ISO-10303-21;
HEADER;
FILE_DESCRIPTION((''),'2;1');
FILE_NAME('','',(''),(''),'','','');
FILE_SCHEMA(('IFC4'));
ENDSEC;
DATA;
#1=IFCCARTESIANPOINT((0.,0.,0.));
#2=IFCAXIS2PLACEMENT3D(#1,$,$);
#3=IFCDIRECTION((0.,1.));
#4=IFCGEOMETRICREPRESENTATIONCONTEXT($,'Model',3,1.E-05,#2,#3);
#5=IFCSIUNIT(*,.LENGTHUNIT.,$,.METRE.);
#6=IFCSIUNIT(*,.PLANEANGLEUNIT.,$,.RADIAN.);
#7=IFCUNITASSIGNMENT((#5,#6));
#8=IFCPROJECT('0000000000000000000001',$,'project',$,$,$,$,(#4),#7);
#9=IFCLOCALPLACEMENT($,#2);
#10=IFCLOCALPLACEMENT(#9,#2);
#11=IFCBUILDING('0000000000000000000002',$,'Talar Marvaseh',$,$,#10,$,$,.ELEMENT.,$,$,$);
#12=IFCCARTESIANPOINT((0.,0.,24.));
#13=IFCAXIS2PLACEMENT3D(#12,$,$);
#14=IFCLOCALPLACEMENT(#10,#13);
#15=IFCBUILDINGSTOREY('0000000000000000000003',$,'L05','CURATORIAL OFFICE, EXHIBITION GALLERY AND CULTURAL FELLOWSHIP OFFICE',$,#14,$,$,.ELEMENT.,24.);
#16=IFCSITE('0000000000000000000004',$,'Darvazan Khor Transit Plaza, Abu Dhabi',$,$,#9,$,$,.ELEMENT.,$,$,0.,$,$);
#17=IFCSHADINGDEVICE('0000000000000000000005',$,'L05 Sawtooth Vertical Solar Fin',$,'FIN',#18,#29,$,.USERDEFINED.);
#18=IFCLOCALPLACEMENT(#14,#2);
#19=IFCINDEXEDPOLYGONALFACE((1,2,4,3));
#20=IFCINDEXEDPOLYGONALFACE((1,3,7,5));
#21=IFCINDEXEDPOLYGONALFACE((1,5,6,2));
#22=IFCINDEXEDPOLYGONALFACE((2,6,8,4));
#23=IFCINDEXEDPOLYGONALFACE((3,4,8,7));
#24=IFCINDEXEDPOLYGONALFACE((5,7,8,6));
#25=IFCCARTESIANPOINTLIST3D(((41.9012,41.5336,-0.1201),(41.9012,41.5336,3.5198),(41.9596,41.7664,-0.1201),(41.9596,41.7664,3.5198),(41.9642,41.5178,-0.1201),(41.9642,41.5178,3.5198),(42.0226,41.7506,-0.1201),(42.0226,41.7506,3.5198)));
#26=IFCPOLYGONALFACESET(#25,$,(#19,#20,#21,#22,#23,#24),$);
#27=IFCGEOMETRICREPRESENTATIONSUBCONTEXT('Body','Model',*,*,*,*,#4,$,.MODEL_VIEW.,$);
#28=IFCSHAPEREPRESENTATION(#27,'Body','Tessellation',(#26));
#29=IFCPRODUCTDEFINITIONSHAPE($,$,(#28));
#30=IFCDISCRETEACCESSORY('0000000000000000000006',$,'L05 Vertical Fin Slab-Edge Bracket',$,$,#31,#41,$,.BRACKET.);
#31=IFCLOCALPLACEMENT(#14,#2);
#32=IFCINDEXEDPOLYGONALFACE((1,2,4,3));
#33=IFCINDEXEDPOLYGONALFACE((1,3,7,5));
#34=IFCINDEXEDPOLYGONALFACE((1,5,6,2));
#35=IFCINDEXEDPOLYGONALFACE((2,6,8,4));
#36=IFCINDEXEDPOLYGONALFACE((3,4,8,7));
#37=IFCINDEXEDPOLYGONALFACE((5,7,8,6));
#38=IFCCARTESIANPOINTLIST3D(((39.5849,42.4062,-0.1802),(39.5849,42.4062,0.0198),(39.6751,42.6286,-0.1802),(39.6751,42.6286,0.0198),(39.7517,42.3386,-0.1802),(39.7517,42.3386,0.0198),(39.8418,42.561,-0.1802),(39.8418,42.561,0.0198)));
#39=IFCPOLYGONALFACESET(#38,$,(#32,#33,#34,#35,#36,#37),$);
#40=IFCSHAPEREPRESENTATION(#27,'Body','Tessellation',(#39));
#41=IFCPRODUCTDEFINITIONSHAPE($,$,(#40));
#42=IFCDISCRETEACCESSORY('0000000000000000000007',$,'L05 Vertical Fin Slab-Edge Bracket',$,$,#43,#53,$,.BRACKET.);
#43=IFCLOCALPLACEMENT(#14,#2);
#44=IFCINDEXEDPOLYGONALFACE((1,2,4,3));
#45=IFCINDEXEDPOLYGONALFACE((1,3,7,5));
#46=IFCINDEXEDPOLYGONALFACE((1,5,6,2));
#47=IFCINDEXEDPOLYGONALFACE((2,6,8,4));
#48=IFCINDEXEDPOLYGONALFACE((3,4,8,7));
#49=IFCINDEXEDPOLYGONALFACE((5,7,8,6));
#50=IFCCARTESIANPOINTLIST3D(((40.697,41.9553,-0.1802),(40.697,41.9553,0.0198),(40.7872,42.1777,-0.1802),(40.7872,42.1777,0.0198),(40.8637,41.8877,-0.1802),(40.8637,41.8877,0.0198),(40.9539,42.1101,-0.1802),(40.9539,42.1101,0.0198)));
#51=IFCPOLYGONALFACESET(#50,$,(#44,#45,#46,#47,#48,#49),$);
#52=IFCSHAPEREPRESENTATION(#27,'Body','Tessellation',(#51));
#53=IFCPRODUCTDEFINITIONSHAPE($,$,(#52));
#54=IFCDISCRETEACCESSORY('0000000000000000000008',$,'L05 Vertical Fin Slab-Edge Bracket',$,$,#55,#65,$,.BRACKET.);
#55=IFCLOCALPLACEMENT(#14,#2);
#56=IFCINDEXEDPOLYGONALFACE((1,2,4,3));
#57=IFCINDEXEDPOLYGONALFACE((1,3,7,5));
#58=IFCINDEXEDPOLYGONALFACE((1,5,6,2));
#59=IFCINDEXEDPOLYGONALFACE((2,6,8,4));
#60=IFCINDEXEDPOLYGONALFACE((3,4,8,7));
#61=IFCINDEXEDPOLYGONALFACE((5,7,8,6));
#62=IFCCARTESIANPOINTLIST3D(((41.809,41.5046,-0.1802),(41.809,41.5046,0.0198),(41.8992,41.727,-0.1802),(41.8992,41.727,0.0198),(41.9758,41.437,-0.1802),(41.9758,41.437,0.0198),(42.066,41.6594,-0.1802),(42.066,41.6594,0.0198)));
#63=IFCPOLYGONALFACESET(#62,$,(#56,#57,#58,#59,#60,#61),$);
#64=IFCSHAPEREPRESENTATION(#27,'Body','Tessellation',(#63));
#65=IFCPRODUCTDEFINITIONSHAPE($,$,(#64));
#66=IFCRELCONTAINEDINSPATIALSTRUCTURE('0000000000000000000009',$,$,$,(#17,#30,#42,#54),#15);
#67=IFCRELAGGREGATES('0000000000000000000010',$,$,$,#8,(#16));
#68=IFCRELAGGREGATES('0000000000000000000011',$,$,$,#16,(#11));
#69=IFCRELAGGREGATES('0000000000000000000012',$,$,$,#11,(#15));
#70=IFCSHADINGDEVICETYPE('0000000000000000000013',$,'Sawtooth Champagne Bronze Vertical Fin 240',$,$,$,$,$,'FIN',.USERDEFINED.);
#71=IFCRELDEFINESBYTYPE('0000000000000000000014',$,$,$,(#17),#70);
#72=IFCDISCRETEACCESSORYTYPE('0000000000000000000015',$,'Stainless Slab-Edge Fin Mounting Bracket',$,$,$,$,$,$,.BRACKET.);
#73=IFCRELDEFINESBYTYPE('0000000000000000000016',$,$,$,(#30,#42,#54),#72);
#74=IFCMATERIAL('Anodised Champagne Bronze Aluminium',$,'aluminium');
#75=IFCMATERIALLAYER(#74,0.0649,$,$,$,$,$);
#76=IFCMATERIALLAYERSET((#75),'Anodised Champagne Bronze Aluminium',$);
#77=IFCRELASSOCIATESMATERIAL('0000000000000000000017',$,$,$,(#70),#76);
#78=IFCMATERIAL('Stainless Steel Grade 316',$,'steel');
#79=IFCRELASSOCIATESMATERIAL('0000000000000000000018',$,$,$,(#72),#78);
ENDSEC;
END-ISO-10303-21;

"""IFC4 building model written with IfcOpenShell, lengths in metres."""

from ifc_helpers import new_model, si_unit, direction, frame, origin, origin_2d, place, context, subcontext, project, spatial, rectangle, extrude, source, transform, mapped, material, layer, layer_set, type_object, type_shapes, element, save


model = new_model("IFC4")

# Units and contexts
model_context = context("Model", 3, precision=1e-05, world=origin(), true_north=direction((0.0, 1.0)))
body_context = subcontext(model_context, "Body", "Model", "MODEL_VIEW")
ifc_project = project(units=[si_unit("LENGTHUNIT", "METRE"), si_unit("PLANEANGLEUNIT", "RADIAN")], contexts=[model_context])

# Site, building, storey
site_placement = place(None, origin())
site = spatial("IfcSite", under=ifc_project, at=site_placement, Name="Darvazan Khor Transit Plaza, Abu Dhabi", CompositionType="ELEMENT", RefElevation=0.0)
building_placement = place(site_placement, origin())
building = spatial("IfcBuilding", under=site, at=building_placement, Name="Talar Marvaseh", CompositionType="ELEMENT")
storey_placement = place(building_placement, frame((0.0, 0.0, 24.0)))
storey = spatial("IfcBuildingStorey", under=building, at=storey_placement, Name="L05", Description="CURATORIAL OFFICE, EXHIBITION GALLERY AND CULTURAL FELLOWSHIP OFFICE", CompositionType="ELEMENT", Elevation=24.0)

# Shading device
ifc_material_1 = material(Name="Anodised Champagne Bronze Aluminium", Category="aluminium")
ifc_layer_1 = layer(ifc_material_1, 0.0649)
ifc_layer_set_1 = layer_set([ifc_layer_1], Name="Anodised Champagne Bronze Aluminium")
shading_device_type = type_object("IfcShadingDeviceType", Name="Sawtooth Champagne Bronze Vertical Fin 240", ElementType="FIN", PredefinedType="USERDEFINED", material=ifc_layer_set_1)
shared_shape_1 = source(origin(), body_context, "Body", "SweptSolid", [
    extrude(rectangle(XDim=0.24, YDim=0.0649, at=origin_2d()), origin(), (0.0, 0.0, 1.0), 3.6399),
])
type_shapes(shading_device_type, [shared_shape_1])
for number, where, z_axis, x_axis, name in (
    (1, (41.9619, 41.6421, -0.1201), (0.0, 0.0, 1.0), (0.243107, 0.969999, 0.0), "L05 Sawtooth Vertical Solar Fin"),
):
    element("IfcShadingDevice", number, at=place(storey_placement, frame(where, z_axis=z_axis, x_axis=x_axis)), inside=storey, type_object=shading_device_type, Name=name, ObjectType="FIN", PredefinedType="USERDEFINED", context=body_context, shape_type="MappedRepresentation", body=[
        mapped(shared_shape_1, transform((0.0, 0.0, 0.0), x_axis=(1.0, 0.0, 0.0), y_axis=(0.0, 1.0, 0.0), z_axis=(0.0, 0.0, 1.0), scale=1.0)),
    ])

# Discrete accessories
ifc_material_2 = material(Name="Stainless Steel Grade 316", Category="steel")
discrete_accessory_type = type_object("IfcDiscreteAccessoryType", Name="Stainless Slab-Edge Fin Mounting Bracket", PredefinedType="BRACKET", material=ifc_material_2)
shared_shape_2 = source(origin(), body_context, "Body", "SweptSolid", [
    extrude(rectangle(XDim=0.24, YDim=0.1799, at=origin_2d()), origin(), (0.0, 0.0, 1.0), 0.2),
])
type_shapes(discrete_accessory_type, [shared_shape_2])
for number, where, z_axis, x_axis, name in (
    (2, (39.7134, 42.4836, -0.1802), (0.0, 0.0, 1.0), (0.375739, 0.926725, 0.0), "L05 Vertical Fin Slab-Edge Bracket"),
    (3, (40.8254, 42.0327, -0.1802), (0.0, 0.0, 1.0), (0.375739, 0.926725, 0.0), "L05 Vertical Fin Slab-Edge Bracket"),
    (4, (41.9375, 41.582, -0.1802), (0.0, 0.0, 1.0), (0.375739, 0.926725, 0.0), "L05 Vertical Fin Slab-Edge Bracket"),
):
    element("IfcDiscreteAccessory", number, at=place(storey_placement, frame(where, z_axis=z_axis, x_axis=x_axis)), inside=storey, type_object=discrete_accessory_type, Name=name, PredefinedType="BRACKET", context=body_context, shape_type="MappedRepresentation", body=[
        mapped(shared_shape_2, transform((0.0, 0.0, 0.0), x_axis=(1.0, 0.0, 0.0), y_axis=(0.0, 1.0, 0.0), z_axis=(0.0, 0.0, 1.0), scale=1.0)),
    ])

save(model, "model.ifc")
